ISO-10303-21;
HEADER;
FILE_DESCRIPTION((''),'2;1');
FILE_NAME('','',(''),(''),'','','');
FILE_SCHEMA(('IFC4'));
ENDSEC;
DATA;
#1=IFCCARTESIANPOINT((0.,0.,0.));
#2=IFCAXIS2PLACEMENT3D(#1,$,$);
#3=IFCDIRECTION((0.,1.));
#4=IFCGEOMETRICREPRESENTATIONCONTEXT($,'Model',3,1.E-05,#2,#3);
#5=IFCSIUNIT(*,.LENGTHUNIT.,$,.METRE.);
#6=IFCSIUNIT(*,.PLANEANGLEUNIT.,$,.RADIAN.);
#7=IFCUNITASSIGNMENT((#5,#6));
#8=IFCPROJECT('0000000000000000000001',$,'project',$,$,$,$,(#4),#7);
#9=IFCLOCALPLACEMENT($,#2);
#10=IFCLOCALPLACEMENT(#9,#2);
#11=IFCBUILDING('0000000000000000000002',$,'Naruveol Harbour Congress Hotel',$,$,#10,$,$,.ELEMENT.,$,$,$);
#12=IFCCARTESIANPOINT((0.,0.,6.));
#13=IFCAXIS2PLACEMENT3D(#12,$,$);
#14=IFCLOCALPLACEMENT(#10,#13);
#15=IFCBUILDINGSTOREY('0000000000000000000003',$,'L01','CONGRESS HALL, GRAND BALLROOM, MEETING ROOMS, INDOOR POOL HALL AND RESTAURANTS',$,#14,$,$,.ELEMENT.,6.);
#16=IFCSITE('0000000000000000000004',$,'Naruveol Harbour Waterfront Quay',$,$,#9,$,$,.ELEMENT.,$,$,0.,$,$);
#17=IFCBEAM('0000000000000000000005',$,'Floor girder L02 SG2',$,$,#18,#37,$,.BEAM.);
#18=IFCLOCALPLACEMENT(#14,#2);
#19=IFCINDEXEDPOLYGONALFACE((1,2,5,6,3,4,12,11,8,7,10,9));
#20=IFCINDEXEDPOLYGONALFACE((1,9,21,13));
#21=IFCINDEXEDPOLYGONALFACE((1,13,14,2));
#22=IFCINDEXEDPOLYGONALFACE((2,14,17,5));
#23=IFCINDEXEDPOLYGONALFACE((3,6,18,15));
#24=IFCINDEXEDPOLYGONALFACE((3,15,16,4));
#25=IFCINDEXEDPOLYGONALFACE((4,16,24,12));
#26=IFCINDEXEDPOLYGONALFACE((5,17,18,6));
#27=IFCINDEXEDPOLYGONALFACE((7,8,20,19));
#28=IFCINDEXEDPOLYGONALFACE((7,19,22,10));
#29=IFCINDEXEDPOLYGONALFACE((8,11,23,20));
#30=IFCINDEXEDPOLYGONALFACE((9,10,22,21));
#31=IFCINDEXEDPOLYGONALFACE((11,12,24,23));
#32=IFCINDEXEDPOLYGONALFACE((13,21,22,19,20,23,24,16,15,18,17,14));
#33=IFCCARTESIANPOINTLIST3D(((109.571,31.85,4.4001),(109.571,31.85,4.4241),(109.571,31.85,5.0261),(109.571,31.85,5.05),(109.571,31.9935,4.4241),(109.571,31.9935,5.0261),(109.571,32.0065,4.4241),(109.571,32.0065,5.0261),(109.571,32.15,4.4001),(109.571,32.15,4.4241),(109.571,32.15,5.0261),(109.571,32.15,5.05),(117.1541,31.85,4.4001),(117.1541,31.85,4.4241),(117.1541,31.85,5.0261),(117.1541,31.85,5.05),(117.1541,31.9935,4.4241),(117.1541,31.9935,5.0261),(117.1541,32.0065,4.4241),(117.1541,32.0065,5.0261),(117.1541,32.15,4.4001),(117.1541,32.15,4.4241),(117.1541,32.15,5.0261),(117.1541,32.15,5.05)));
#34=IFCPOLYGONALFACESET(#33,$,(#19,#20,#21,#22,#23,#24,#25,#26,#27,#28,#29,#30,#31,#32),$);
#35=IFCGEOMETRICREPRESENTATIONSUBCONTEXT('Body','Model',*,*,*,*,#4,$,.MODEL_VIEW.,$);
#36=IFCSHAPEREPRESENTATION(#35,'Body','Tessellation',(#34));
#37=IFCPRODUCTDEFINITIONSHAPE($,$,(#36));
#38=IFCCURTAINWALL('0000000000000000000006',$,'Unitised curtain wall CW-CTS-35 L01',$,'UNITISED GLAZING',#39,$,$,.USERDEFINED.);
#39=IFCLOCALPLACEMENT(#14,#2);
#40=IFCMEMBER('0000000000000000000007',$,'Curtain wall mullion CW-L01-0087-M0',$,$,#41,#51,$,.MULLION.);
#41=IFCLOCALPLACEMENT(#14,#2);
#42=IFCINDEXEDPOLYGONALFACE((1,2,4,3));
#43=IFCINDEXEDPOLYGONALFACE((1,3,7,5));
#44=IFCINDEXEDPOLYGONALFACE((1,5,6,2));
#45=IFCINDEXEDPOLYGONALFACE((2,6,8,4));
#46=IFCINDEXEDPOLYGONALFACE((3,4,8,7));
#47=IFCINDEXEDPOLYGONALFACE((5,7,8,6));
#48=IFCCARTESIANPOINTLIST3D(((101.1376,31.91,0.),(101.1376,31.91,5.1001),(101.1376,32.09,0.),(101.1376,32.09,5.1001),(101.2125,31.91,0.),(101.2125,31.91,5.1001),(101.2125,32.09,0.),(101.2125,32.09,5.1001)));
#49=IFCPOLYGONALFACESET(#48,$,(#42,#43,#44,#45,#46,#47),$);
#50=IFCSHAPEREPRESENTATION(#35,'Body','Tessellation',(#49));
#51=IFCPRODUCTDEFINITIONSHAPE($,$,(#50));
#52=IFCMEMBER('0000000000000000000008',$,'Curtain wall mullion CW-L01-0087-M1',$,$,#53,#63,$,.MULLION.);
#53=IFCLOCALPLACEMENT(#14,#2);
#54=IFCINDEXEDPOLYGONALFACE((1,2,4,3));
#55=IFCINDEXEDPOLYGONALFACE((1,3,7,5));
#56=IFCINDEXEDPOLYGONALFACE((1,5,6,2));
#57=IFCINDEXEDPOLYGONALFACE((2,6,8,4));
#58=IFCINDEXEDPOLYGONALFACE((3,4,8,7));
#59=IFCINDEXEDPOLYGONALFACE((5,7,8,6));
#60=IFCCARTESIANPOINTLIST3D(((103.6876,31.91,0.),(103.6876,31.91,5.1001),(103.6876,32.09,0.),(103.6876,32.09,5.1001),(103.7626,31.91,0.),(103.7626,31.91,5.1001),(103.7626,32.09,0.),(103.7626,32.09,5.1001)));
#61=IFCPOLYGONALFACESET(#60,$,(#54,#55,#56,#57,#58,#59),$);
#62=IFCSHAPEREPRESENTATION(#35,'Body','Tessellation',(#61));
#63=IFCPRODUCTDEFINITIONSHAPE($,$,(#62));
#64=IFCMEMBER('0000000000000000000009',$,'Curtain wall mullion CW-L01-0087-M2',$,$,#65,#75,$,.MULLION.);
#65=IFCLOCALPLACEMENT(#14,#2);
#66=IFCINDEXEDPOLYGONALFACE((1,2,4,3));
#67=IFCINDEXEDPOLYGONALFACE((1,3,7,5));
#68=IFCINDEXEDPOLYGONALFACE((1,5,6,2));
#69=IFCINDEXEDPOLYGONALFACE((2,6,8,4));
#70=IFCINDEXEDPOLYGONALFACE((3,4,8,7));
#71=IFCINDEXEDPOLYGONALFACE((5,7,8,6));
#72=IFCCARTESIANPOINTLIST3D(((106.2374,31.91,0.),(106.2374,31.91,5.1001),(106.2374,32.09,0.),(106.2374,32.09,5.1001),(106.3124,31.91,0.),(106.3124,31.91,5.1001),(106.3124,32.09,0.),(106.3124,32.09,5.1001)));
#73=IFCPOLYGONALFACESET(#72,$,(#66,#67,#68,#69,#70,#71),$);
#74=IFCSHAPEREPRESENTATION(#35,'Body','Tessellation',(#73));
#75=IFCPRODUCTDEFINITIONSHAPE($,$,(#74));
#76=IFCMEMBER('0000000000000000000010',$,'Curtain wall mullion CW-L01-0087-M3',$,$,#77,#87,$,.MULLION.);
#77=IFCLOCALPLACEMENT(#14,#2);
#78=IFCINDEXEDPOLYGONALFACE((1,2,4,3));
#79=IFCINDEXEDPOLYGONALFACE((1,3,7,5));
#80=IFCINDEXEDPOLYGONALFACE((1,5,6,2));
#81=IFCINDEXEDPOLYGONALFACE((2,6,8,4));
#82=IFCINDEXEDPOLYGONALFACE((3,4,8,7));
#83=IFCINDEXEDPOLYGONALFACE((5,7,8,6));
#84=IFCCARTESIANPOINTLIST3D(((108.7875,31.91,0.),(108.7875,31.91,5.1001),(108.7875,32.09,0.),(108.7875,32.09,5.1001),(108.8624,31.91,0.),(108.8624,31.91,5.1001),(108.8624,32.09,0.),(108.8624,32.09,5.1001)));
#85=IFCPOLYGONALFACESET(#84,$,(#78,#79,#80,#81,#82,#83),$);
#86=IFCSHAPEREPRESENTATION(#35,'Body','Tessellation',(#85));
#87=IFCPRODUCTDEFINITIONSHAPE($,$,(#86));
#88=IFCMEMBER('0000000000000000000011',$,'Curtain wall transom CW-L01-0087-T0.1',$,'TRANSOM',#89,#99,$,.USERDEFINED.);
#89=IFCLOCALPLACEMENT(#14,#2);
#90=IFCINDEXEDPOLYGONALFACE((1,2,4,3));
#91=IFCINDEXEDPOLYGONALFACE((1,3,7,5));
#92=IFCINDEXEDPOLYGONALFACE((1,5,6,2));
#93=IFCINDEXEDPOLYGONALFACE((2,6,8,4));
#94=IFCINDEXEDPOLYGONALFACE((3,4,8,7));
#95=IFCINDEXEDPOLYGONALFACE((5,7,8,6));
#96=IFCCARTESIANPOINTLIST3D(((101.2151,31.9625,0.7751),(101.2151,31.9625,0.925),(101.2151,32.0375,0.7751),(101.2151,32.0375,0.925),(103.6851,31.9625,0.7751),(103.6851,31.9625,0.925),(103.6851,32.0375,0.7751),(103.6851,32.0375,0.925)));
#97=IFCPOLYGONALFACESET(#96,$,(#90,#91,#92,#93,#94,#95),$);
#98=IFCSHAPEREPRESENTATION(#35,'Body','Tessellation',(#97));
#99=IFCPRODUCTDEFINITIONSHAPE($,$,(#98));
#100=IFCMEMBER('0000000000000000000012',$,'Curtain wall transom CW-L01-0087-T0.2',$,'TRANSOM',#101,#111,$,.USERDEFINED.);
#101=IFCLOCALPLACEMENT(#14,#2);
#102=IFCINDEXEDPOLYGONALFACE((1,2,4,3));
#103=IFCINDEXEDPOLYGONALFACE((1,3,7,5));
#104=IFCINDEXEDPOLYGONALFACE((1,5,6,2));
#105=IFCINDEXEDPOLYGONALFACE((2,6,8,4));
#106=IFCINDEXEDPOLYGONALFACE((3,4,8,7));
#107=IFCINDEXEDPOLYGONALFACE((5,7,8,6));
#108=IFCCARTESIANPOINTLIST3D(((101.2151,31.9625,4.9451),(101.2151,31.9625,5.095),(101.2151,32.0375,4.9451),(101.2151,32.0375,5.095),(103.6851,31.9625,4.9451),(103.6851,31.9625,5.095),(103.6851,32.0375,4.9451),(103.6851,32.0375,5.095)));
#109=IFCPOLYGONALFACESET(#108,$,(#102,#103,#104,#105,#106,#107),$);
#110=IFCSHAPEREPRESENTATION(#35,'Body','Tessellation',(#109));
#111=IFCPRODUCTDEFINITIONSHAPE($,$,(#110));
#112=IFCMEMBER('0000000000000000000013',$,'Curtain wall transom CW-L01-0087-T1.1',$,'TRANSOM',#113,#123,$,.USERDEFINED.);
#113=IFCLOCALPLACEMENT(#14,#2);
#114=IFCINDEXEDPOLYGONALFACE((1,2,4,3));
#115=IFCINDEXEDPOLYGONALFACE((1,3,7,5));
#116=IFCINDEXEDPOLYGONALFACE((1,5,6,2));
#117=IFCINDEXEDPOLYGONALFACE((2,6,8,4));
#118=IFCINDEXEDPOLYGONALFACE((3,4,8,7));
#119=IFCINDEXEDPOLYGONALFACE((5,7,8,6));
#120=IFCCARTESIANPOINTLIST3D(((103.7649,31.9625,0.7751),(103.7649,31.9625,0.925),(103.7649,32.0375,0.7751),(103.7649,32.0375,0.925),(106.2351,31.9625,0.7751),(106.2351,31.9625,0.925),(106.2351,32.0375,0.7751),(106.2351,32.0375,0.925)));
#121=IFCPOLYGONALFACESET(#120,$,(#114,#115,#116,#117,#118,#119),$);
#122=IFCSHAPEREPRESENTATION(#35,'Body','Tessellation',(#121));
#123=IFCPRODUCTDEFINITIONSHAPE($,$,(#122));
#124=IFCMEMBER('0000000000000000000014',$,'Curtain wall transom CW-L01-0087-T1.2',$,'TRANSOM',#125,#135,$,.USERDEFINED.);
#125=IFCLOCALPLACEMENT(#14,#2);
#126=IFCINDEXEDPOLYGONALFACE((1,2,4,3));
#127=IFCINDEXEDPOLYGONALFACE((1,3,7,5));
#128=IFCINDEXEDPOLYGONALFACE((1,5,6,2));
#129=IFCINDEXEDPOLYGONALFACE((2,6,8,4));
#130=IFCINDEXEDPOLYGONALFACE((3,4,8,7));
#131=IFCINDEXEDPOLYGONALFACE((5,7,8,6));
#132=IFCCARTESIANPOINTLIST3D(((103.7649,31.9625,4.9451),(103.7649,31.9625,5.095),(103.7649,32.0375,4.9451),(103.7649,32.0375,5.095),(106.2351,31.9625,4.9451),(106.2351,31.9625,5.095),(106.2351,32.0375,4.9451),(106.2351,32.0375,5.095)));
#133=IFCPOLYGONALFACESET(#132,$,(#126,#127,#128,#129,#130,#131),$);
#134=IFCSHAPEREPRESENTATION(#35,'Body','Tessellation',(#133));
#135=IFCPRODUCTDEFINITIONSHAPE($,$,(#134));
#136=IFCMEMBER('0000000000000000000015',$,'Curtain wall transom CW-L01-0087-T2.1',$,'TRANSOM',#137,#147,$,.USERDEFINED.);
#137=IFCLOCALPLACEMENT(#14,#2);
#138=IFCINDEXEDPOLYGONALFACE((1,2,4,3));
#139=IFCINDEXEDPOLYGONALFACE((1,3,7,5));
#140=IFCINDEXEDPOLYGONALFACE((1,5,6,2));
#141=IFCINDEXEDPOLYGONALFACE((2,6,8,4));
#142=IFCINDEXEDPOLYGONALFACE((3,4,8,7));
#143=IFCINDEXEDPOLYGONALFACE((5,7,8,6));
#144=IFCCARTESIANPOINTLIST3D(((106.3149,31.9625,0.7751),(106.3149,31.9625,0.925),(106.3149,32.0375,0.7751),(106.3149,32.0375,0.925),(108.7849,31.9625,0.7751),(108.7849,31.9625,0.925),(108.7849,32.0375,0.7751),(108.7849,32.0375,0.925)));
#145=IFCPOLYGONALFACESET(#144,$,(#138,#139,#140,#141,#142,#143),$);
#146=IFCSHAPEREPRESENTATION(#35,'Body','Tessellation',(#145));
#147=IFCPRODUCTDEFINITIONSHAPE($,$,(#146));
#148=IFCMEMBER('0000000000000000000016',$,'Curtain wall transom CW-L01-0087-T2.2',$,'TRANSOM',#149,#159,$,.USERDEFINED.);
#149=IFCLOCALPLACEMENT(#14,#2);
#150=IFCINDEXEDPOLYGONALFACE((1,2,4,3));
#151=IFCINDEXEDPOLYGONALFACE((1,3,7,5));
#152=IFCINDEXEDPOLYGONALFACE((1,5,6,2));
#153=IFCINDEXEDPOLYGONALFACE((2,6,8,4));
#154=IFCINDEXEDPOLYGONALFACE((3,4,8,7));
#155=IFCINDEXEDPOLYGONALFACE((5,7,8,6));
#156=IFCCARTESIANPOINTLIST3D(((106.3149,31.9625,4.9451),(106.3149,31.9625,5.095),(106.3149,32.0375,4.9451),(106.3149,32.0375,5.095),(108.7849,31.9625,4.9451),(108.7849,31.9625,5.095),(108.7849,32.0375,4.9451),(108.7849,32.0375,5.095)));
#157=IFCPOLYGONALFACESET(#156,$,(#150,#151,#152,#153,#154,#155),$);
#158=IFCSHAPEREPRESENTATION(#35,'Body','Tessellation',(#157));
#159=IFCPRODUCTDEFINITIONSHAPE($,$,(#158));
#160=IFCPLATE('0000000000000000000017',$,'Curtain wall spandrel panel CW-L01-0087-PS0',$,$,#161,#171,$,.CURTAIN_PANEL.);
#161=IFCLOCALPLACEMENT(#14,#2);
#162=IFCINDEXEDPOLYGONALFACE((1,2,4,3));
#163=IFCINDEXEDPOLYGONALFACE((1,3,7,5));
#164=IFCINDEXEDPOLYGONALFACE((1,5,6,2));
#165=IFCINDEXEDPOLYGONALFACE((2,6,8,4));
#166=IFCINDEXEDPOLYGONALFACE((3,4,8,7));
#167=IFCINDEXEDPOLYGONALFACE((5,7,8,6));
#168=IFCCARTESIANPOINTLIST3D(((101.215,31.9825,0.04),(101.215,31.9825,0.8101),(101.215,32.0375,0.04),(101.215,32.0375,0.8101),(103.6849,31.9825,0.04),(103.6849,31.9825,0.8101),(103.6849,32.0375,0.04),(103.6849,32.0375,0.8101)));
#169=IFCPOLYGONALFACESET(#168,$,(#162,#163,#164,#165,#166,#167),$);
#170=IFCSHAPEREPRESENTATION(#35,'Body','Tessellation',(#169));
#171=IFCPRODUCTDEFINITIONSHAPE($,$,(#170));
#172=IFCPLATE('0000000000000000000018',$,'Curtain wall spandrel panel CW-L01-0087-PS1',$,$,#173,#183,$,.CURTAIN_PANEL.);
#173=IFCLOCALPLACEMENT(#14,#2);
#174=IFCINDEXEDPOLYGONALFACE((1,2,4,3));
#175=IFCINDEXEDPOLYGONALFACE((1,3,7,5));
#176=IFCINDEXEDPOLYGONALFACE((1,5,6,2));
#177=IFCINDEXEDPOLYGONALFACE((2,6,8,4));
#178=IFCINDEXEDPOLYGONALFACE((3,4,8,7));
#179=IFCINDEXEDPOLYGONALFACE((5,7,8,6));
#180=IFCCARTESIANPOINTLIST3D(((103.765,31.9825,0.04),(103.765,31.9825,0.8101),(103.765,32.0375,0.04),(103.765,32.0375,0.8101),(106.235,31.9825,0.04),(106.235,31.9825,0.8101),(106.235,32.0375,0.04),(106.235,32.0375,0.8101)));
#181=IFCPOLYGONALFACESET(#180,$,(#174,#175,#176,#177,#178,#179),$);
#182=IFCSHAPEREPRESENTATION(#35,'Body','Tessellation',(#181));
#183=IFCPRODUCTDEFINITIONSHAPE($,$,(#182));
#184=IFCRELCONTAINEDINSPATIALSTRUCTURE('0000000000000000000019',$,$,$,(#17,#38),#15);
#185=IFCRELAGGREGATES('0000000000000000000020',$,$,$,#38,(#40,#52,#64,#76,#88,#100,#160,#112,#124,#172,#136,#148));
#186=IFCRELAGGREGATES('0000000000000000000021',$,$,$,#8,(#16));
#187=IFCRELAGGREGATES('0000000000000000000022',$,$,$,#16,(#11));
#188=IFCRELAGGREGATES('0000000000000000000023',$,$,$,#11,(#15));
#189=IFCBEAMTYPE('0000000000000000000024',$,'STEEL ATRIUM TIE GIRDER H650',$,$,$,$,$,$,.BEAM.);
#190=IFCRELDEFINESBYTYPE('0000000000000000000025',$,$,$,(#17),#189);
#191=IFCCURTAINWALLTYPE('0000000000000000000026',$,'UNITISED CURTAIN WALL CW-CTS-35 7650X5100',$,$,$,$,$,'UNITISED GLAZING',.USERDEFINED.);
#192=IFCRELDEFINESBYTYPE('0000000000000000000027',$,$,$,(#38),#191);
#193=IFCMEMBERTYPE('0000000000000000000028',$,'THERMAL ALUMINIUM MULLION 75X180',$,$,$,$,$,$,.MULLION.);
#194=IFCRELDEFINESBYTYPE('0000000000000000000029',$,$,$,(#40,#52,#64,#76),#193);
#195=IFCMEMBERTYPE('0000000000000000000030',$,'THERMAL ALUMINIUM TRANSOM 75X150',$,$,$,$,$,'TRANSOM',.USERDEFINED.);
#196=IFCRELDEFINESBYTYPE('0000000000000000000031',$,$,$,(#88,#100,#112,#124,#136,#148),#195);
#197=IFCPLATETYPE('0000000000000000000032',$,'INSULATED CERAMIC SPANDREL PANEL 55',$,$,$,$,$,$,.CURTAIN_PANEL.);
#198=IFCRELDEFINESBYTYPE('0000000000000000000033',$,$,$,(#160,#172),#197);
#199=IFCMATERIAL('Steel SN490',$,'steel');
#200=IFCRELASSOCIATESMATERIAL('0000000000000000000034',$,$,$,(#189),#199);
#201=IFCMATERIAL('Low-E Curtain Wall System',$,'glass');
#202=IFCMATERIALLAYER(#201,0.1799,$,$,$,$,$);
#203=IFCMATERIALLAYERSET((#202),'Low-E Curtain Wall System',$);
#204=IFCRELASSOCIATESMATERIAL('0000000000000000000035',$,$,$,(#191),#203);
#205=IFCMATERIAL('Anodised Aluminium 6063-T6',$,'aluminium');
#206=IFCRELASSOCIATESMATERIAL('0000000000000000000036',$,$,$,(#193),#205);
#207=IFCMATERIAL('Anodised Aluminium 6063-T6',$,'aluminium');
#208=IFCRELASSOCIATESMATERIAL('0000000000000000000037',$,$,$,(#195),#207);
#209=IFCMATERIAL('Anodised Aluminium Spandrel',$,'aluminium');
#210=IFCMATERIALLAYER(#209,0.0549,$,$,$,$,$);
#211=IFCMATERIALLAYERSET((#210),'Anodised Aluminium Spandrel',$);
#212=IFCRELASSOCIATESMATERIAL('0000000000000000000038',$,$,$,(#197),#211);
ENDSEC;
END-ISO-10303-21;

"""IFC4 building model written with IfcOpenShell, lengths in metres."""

from ifc_helpers import new_model, si_unit, direction, frame, origin, origin_2d, place, context, subcontext, project, spatial, rectangle, i_section, extrude, material, layer, layer_set, material_profile, profile_set, type_object, element, aggregate, save


model = new_model("IFC4")

# Units and contexts
model_context = context("Model", 3, precision=1e-05, world=origin(), true_north=direction((0.0, 1.0)))
body_context = subcontext(model_context, "Body", "Model", "MODEL_VIEW")
ifc_project = project(units=[si_unit("LENGTHUNIT", "METRE"), si_unit("PLANEANGLEUNIT", "RADIAN")], contexts=[model_context])

# Site, building, storey
site_placement = place(None, origin())
site = spatial("IfcSite", under=ifc_project, at=site_placement, Name="Naruveol Harbour Waterfront Quay", CompositionType="ELEMENT", RefElevation=0.0)
building_placement = place(site_placement, origin())
building = spatial("IfcBuilding", under=site, at=building_placement, Name="Naruveol Harbour Congress Hotel", CompositionType="ELEMENT")
storey_placement = place(building_placement, frame((0.0, 0.0, 6.0)))
storey = spatial("IfcBuildingStorey", under=building, at=storey_placement, Name="L01", Description="CONGRESS HALL, GRAND BALLROOM, MEETING ROOMS, INDOOR POOL HALL AND RESTAURANTS", CompositionType="ELEMENT", Elevation=6.0)

# Beam
ifc_material_1 = material(Name="Steel SN490", Category="steel")
ifc_material_profile_1 = material_profile(ifc_material_1, i_section(OverallWidth=0.3, OverallDepth=0.6499, WebThickness=0.0129, FlangeThickness=0.0239, at=origin_2d()), Name="H-650x300x13x24")
ifc_profile_set_1 = profile_set([ifc_material_profile_1], Name="Steel SN490")
beam_type_1 = type_object("IfcBeamType", Name="STEEL ATRIUM TIE GIRDER H650", PredefinedType="BEAM", material=ifc_profile_set_1)
beam_1_placement = place(storey_placement, frame((109.571, 32.0, 4.7251), z_axis=(1.0, 0.0, 0.0), x_axis=(0.0, 1.0, 0.0)))
element("IfcBeam", 1, at=beam_1_placement, inside=storey, type_object=beam_type_1, Name="Floor girder L02 SG2", PredefinedType="BEAM", context=body_context, shape_type="SweptSolid", body=[
    extrude(i_section(OverallWidth=0.3, OverallDepth=0.6499, WebThickness=0.0129, FlangeThickness=0.0239, at=origin_2d()), origin(), (0.0, 0.0, 1.0), 7.583),
])

# Curtain wall, members, plates
ifc_material_2 = material(Name="Low-E Curtain Wall System", Category="glass")
ifc_layer_1 = layer(ifc_material_2, 0.1799)
ifc_layer_set_1 = layer_set([ifc_layer_1], Name="Low-E Curtain Wall System")
curtain_wall_type = type_object("IfcCurtainWallType", Name="UNITISED CURTAIN WALL CW-CTS-35 7650X5100", ElementType="UNITISED GLAZING", PredefinedType="USERDEFINED", material=ifc_layer_set_1)
curtain_wall_placement = place(storey_placement, origin())
curtain_wall = element("IfcCurtainWall", 2, at=curtain_wall_placement, inside=storey, type_object=curtain_wall_type, Name="Unitised curtain wall CW-CTS-35 L01", ObjectType="UNITISED GLAZING", PredefinedType="USERDEFINED")
ifc_material_3 = material(Name="Anodised Aluminium 6063-T6", Category="aluminium")
ifc_material_profile_2 = material_profile(ifc_material_3, rectangle(XDim=0.075, YDim=0.1799, at=origin_2d()), Name="ALU-75x180")
ifc_profile_set_2 = profile_set([ifc_material_profile_2], Name="Anodised Aluminium 6063-T6")
member_type_1 = type_object("IfcMemberType", Name="THERMAL ALUMINIUM MULLION 75X180", PredefinedType="MULLION", material=ifc_profile_set_2)
member_1_placement = place(storey_placement, frame((101.175, 32.0, 0.0), z_axis=(0.0, 0.0, 1.0), x_axis=(1.0, 0.0, 0.0)))
member_1 = element("IfcMember", 3, at=member_1_placement, type_object=member_type_1, Name="Curtain wall mullion CW-L01-0087-M0", PredefinedType="MULLION", context=body_context, shape_type="SweptSolid", body=[
    extrude(rectangle(XDim=0.075, YDim=0.1799, at=origin_2d()), origin(), (0.0, 0.0, 1.0), 5.1001),
])
member_2_placement = place(storey_placement, frame((103.7251, 32.0, 0.0), z_axis=(0.0, 0.0, 1.0), x_axis=(1.0, 0.0, 0.0)))
member_2 = element("IfcMember", 4, at=member_2_placement, type_object=member_type_1, Name="Curtain wall mullion CW-L01-0087-M1", PredefinedType="MULLION", context=body_context, shape_type="SweptSolid", body=[
    extrude(rectangle(XDim=0.075, YDim=0.1799, at=origin_2d()), origin(), (0.0, 0.0, 1.0), 5.1001),
])
member_3_placement = place(storey_placement, frame((106.2749, 32.0, 0.0), z_axis=(0.0, 0.0, 1.0), x_axis=(1.0, 0.0, 0.0)))
member_3 = element("IfcMember", 5, at=member_3_placement, type_object=member_type_1, Name="Curtain wall mullion CW-L01-0087-M2", PredefinedType="MULLION", context=body_context, shape_type="SweptSolid", body=[
    extrude(rectangle(XDim=0.075, YDim=0.1799, at=origin_2d()), origin(), (0.0, 0.0, 1.0), 5.1001),
])
member_4_placement = place(storey_placement, frame((108.825, 32.0, 0.0), z_axis=(0.0, 0.0, 1.0), x_axis=(1.0, 0.0, 0.0)))
member_4 = element("IfcMember", 6, at=member_4_placement, type_object=member_type_1, Name="Curtain wall mullion CW-L01-0087-M3", PredefinedType="MULLION", context=body_context, shape_type="SweptSolid", body=[
    extrude(rectangle(XDim=0.075, YDim=0.1799, at=origin_2d()), origin(), (0.0, 0.0, 1.0), 5.1001),
])
ifc_material_4 = material(Name="Anodised Aluminium 6063-T6", Category="aluminium")
ifc_material_profile_3 = material_profile(ifc_material_4, rectangle(XDim=0.075, YDim=0.1499, at=origin_2d()), Name="ALU-75x150")
ifc_profile_set_3 = profile_set([ifc_material_profile_3], Name="Anodised Aluminium 6063-T6")
member_type_2 = type_object("IfcMemberType", Name="THERMAL ALUMINIUM TRANSOM 75X150", ElementType="TRANSOM", PredefinedType="USERDEFINED", material=ifc_profile_set_3)
member_5_placement = place(storey_placement, frame((101.2151, 32.0, 0.8501), z_axis=(1.0, 0.0, 0.0), x_axis=(0.0, 1.0, 0.0)))
member_5 = element("IfcMember", 7, at=member_5_placement, type_object=member_type_2, Name="Curtain wall transom CW-L01-0087-T0.1", ObjectType="TRANSOM", PredefinedType="USERDEFINED", context=body_context, shape_type="SweptSolid", body=[
    extrude(rectangle(XDim=0.075, YDim=0.1499, at=origin_2d()), origin(), (0.0, 0.0, 1.0), 2.47),
])
member_6_placement = place(storey_placement, frame((101.2151, 32.0, 5.02), z_axis=(1.0, 0.0, 0.0), x_axis=(0.0, 1.0, 0.0)))
member_6 = element("IfcMember", 8, at=member_6_placement, type_object=member_type_2, Name="Curtain wall transom CW-L01-0087-T0.2", ObjectType="TRANSOM", PredefinedType="USERDEFINED", context=body_context, shape_type="SweptSolid", body=[
    extrude(rectangle(XDim=0.075, YDim=0.1499, at=origin_2d()), origin(), (0.0, 0.0, 1.0), 2.47),
])
member_7_placement = place(storey_placement, frame((103.7649, 32.0, 0.8501), z_axis=(1.0, 0.0, 0.0), x_axis=(0.0, 1.0, 0.0)))
member_7 = element("IfcMember", 9, at=member_7_placement, type_object=member_type_2, Name="Curtain wall transom CW-L01-0087-T1.1", ObjectType="TRANSOM", PredefinedType="USERDEFINED", context=body_context, shape_type="SweptSolid", body=[
    extrude(rectangle(XDim=0.075, YDim=0.1499, at=origin_2d()), origin(), (0.0, 0.0, 1.0), 2.4702),
])
member_8_placement = place(storey_placement, frame((103.7649, 32.0, 5.02), z_axis=(1.0, 0.0, 0.0), x_axis=(0.0, 1.0, 0.0)))
member_8 = element("IfcMember", 10, at=member_8_placement, type_object=member_type_2, Name="Curtain wall transom CW-L01-0087-T1.2", ObjectType="TRANSOM", PredefinedType="USERDEFINED", context=body_context, shape_type="SweptSolid", body=[
    extrude(rectangle(XDim=0.075, YDim=0.1499, at=origin_2d()), origin(), (0.0, 0.0, 1.0), 2.4702),
])
member_9_placement = place(storey_placement, frame((106.3149, 32.0, 0.8501), z_axis=(1.0, 0.0, 0.0), x_axis=(0.0, 1.0, 0.0)))
member_9 = element("IfcMember", 11, at=member_9_placement, type_object=member_type_2, Name="Curtain wall transom CW-L01-0087-T2.1", ObjectType="TRANSOM", PredefinedType="USERDEFINED", context=body_context, shape_type="SweptSolid", body=[
    extrude(rectangle(XDim=0.075, YDim=0.1499, at=origin_2d()), origin(), (0.0, 0.0, 1.0), 2.47),
])
member_10_placement = place(storey_placement, frame((106.3149, 32.0, 5.02), z_axis=(1.0, 0.0, 0.0), x_axis=(0.0, 1.0, 0.0)))
member_10 = element("IfcMember", 12, at=member_10_placement, type_object=member_type_2, Name="Curtain wall transom CW-L01-0087-T2.2", ObjectType="TRANSOM", PredefinedType="USERDEFINED", context=body_context, shape_type="SweptSolid", body=[
    extrude(rectangle(XDim=0.075, YDim=0.1499, at=origin_2d()), origin(), (0.0, 0.0, 1.0), 2.47),
])
ifc_material_5 = material(Name="Anodised Aluminium Spandrel", Category="aluminium")
ifc_layer_2 = layer(ifc_material_5, 0.0549)
ifc_layer_set_2 = layer_set([ifc_layer_2], Name="Anodised Aluminium Spandrel")
plate_type_1 = type_object("IfcPlateType", Name="INSULATED CERAMIC SPANDREL PANEL 55", PredefinedType="CURTAIN_PANEL", material=ifc_layer_set_2)
plate_1_placement = place(storey_placement, frame((102.45, 32.01, 0.04), z_axis=(0.0, 0.0, 1.0), x_axis=(1.0, 0.0, 0.0)))
plate_1 = element("IfcPlate", 13, at=plate_1_placement, type_object=plate_type_1, Name="Curtain wall spandrel panel CW-L01-0087-PS0", PredefinedType="CURTAIN_PANEL", context=body_context, shape_type="SweptSolid", body=[
    extrude(rectangle(XDim=2.47, YDim=0.0549, at=origin_2d()), origin(), (0.0, 0.0, 1.0), 0.77),
])
plate_2_placement = place(storey_placement, frame((105.0, 32.01, 0.04), z_axis=(0.0, 0.0, 1.0), x_axis=(1.0, 0.0, 0.0)))
plate_2 = element("IfcPlate", 14, at=plate_2_placement, type_object=plate_type_1, Name="Curtain wall spandrel panel CW-L01-0087-PS1", PredefinedType="CURTAIN_PANEL", context=body_context, shape_type="SweptSolid", body=[
    extrude(rectangle(XDim=2.47, YDim=0.0549, at=origin_2d()), origin(), (0.0, 0.0, 1.0), 0.77),
])
aggregate(curtain_wall, [member_1, member_2, member_3, member_4, member_5, member_6, plate_1, member_7, member_8, plate_2, member_9, member_10])

save(model, "model.ifc")
